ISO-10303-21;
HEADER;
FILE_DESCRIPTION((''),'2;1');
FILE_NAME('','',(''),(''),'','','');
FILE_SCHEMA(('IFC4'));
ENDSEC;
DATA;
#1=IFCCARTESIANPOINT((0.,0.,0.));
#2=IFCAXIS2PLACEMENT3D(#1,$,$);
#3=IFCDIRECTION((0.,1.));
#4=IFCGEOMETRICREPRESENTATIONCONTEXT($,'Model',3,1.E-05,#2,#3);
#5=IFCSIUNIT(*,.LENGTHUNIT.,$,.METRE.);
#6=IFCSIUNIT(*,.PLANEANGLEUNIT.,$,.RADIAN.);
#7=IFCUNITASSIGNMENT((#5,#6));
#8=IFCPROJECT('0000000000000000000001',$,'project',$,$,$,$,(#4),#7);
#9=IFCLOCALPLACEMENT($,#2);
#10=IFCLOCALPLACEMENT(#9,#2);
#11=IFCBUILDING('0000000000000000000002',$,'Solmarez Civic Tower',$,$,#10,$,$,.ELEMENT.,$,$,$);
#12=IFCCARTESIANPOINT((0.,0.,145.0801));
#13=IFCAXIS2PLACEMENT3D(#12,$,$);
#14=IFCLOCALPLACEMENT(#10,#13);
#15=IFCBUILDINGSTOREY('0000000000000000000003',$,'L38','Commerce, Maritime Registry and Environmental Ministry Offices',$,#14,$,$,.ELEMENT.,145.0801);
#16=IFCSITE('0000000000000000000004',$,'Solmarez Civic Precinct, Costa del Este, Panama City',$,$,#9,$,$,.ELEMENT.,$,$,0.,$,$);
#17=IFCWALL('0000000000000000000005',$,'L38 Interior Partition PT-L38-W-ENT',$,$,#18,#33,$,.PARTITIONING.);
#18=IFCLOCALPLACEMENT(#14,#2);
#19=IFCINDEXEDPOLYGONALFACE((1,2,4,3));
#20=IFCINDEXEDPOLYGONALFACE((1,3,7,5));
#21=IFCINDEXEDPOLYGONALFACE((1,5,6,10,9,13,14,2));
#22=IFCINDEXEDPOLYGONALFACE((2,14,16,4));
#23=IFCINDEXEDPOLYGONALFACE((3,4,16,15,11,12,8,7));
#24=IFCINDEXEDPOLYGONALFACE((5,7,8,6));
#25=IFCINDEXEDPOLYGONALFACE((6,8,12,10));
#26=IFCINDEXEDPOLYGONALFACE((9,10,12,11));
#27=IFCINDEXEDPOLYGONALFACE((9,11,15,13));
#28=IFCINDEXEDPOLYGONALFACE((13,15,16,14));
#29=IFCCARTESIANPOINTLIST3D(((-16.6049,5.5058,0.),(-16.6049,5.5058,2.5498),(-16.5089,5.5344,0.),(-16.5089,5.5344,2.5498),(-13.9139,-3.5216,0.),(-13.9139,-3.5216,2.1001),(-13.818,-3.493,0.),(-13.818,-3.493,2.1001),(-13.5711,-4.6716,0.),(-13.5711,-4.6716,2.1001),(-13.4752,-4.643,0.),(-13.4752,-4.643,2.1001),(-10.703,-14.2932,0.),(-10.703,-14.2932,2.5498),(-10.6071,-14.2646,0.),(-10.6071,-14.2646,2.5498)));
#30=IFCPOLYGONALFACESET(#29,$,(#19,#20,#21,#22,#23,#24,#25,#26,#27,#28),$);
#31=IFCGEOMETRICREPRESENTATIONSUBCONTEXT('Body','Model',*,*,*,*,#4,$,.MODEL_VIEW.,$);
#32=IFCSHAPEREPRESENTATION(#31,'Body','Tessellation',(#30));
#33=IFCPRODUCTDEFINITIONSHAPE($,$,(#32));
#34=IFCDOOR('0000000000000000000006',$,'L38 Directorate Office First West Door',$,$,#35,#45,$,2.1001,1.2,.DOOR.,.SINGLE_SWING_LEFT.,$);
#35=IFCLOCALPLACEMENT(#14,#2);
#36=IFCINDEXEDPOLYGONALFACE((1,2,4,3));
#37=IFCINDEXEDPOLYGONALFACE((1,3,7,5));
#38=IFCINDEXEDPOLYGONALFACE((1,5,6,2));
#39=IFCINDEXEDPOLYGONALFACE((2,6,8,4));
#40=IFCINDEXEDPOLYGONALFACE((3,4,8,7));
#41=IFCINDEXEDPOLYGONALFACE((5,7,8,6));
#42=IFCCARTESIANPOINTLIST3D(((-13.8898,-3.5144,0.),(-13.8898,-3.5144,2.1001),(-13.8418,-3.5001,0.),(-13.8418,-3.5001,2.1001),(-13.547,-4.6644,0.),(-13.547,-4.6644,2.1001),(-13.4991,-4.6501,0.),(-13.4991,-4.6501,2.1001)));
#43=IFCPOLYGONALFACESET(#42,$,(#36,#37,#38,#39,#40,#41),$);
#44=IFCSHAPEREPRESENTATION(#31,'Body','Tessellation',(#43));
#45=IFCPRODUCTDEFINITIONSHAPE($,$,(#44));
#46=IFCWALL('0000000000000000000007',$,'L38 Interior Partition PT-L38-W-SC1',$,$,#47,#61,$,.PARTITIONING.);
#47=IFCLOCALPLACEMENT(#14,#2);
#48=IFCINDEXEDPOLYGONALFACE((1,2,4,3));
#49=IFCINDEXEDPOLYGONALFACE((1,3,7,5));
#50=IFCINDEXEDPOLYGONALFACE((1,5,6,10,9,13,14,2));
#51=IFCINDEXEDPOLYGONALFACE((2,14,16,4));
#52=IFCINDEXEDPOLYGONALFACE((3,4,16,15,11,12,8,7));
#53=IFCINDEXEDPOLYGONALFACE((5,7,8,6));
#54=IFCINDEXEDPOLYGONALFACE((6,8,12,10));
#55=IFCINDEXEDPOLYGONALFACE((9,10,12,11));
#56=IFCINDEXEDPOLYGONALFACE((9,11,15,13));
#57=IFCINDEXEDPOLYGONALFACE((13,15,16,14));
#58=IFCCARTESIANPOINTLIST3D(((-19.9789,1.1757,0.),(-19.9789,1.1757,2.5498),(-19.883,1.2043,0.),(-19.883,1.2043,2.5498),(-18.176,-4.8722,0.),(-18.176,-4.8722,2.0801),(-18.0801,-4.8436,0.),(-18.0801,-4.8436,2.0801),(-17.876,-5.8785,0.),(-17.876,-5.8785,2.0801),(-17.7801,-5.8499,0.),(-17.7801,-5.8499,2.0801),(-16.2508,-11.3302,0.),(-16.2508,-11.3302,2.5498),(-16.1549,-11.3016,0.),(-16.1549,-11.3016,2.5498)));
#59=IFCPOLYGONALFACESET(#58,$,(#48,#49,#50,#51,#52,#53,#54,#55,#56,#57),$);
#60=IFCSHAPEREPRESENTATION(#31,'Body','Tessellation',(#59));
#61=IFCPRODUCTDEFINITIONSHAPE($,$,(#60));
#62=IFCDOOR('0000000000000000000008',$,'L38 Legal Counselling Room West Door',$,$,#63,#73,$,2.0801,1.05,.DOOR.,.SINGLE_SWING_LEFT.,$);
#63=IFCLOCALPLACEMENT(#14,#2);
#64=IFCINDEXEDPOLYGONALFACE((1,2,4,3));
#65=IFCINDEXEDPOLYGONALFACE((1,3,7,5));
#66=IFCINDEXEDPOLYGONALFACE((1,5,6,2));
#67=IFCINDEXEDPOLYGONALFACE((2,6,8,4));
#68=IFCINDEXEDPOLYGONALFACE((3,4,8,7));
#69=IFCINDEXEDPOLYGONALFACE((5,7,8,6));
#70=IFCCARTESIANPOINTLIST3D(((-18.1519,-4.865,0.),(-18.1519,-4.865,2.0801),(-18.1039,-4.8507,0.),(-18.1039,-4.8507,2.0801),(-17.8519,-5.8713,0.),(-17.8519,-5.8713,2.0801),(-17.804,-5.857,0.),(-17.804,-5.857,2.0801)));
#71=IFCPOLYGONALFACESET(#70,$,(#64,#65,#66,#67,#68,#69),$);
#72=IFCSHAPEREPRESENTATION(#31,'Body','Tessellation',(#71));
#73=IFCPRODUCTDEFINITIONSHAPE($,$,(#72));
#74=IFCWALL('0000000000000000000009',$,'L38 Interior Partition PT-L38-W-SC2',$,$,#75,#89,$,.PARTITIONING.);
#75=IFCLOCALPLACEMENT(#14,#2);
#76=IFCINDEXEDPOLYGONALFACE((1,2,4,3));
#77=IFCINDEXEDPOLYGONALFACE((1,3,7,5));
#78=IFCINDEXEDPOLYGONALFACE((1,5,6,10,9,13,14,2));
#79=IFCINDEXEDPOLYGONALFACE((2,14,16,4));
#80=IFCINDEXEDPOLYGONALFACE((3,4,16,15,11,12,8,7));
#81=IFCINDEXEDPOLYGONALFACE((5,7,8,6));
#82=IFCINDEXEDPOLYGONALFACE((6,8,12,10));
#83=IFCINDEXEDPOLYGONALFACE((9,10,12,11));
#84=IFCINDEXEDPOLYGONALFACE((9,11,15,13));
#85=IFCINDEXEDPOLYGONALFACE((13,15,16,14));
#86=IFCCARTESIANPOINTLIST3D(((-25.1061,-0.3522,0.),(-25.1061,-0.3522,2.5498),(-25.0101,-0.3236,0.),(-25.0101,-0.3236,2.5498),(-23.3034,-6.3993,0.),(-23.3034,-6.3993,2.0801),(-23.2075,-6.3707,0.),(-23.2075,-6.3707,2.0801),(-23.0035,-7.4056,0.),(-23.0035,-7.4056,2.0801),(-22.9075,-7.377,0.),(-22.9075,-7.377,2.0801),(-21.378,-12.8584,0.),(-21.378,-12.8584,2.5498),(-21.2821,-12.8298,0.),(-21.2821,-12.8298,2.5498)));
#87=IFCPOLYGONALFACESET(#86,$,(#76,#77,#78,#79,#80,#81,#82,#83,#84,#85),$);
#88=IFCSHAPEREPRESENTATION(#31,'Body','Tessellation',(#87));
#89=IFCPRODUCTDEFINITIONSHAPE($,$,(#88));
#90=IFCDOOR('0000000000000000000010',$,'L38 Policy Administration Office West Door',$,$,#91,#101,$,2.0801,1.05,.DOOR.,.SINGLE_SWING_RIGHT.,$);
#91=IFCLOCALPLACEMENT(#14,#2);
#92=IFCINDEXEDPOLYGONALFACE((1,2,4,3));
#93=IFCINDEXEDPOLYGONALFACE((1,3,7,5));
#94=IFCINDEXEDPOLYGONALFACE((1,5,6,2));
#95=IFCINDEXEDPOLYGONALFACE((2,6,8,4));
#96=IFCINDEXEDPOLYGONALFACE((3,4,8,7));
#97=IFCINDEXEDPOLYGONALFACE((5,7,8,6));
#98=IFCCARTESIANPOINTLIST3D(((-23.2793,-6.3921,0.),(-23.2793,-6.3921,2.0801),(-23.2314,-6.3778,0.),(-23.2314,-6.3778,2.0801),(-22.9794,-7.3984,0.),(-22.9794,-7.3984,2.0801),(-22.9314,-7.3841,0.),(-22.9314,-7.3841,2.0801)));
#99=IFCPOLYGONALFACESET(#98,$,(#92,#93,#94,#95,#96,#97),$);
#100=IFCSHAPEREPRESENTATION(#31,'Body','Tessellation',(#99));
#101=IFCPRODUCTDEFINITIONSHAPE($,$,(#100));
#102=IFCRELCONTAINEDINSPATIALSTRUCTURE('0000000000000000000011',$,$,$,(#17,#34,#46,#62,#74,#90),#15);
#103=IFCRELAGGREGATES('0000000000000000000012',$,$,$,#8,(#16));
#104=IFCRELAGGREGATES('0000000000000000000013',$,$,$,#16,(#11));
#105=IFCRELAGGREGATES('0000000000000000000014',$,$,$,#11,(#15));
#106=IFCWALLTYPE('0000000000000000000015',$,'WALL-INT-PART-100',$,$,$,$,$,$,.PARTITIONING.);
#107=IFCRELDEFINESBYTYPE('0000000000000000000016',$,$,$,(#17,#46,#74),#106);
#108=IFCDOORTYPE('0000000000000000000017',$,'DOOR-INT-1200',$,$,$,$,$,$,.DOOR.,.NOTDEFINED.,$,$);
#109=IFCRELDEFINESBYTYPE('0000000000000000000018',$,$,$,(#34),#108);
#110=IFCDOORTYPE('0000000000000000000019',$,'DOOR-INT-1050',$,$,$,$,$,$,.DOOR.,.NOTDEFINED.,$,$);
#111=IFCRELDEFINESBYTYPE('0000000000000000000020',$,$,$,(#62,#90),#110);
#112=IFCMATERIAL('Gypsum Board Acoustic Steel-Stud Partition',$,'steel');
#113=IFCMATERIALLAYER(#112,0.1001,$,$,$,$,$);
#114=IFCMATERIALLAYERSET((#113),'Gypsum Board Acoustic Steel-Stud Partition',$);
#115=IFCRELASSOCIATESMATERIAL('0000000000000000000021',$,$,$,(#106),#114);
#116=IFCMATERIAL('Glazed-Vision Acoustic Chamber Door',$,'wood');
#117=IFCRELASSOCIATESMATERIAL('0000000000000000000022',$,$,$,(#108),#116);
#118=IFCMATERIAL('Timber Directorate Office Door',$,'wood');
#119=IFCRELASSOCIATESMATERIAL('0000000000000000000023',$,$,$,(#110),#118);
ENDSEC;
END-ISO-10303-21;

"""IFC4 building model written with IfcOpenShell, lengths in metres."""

from ifc_helpers import new_model, si_unit, direction, frame, frame_2d, origin, place, context, subcontext, project, spatial, rectangle, extrude, material, layer, layer_set, type_object, element, fill, save


model = new_model("IFC4")

# Units and contexts
model_context = context("Model", 3, precision=1e-05, world=origin(), true_north=direction((0.0, 1.0)))
body_context = subcontext(model_context, "Body", "Model", "MODEL_VIEW")
ifc_project = project(units=[si_unit("LENGTHUNIT", "METRE"), si_unit("PLANEANGLEUNIT", "RADIAN")], contexts=[model_context])

# Site, building, storey
site_placement = place(None, origin())
site = spatial("IfcSite", under=ifc_project, at=site_placement, Name="Solmarez Civic Precinct, Costa del Este, Panama City", CompositionType="ELEMENT", RefElevation=0.0)
building_placement = place(site_placement, origin())
building = spatial("IfcBuilding", under=site, at=building_placement, Name="Solmarez Civic Tower", CompositionType="ELEMENT")
storey_placement = place(building_placement, frame((0.0, 0.0, 145.0801)))
storey = spatial("IfcBuildingStorey", under=building, at=storey_placement, Name="L38", Description="Commerce, Maritime Registry and Environmental Ministry Offices", CompositionType="ELEMENT", Elevation=145.0801)

# Walls, openings, doors
ifc_material_1 = material(Name="Gypsum Board Acoustic Steel-Stud Partition", Category="steel")
ifc_layer_1 = layer(ifc_material_1, 0.1001)
ifc_layer_set_1 = layer_set([ifc_layer_1], Name="Gypsum Board Acoustic Steel-Stud Partition")
wall_type_1 = type_object("IfcWallType", Name="WALL-INT-PART-100", PredefinedType="PARTITIONING", material=ifc_layer_set_1)
wall_1_placement = place(storey_placement, frame((-10.655, -14.2791, 0.0), z_axis=(0.0, 0.0, 1.0), x_axis=(-0.285666, 0.958329, 0.0)))
wall_1 = element("IfcWall", 1, at=wall_1_placement, inside=storey, type_object=wall_type_1, Name="L38 Interior Partition PT-L38-W-ENT", PredefinedType="PARTITIONING", context=body_context, shape_type="SweptSolid", body=[
    extrude(rectangle(XDim=20.6599, YDim=0.1001, at=frame_2d((10.3301, 0.0))), origin(), (0.0, 0.0, 1.0), 2.5498),
])
opening_1_placement = place(wall_1_placement, frame((10.04, 0.0, 0.0)))
opening_1 = element("IfcOpeningElement", 2, at=opening_1_placement, cuts=wall_1, PredefinedType="OPENING", context=body_context, shape_type="SweptSolid", body=[
    extrude(rectangle(XDim=1.2, YDim=2.1001, at=frame_2d((0.6001, 1.05))), frame((0.0, 0.0601, 0.0), z_axis=(0.0, -1.0, 0.0), x_axis=(1.0, 0.0, 0.0)), (0.0, 0.0, 1.0), 0.1201),
])
ifc_material_2 = material(Name="Glazed-Vision Acoustic Chamber Door", Category="wood")
door_type_1 = type_object("IfcDoorType", Name="DOOR-INT-1200", OperationType="NOTDEFINED", PredefinedType="DOOR", material=ifc_material_2)
door_1_placement = place(opening_1_placement, origin())
door_1 = element("IfcDoor", 3, at=door_1_placement, inside=storey, type_object=door_type_1, Name="L38 Directorate Office First West Door", OperationType="SINGLE_SWING_LEFT", OverallHeight=2.1001, OverallWidth=1.2, PredefinedType="DOOR", context=body_context, shape_type="SweptSolid", body=[
    extrude(rectangle(XDim=1.2, YDim=2.1001, at=frame_2d((0.6001, 1.05))), frame((0.0, 0.0249, 0.0), z_axis=(0.0, -1.0, 0.0), x_axis=(1.0, 0.0, 0.0)), (0.0, 0.0, 1.0), 0.05),
])
fill(opening_1, door_1)
wall_2_placement = place(storey_placement, frame((-16.2029, -11.3159, 0.0), z_axis=(0.0, 0.0, 1.0), x_axis=(-0.285679, 0.958325, 0.0)))
wall_2 = element("IfcWall", 4, at=wall_2_placement, inside=storey, type_object=wall_type_1, Name="L38 Interior Partition PT-L38-W-SC1", PredefinedType="PARTITIONING", context=body_context, shape_type="SweptSolid", body=[
    extrude(rectangle(XDim=13.0498, YDim=0.1001, at=frame_2d((6.5249, 0.0))), origin(), (0.0, 0.0, 1.0), 2.5498),
])
opening_2_placement = place(wall_2_placement, frame((5.689, 0.0, 0.0)))
opening_2 = element("IfcOpeningElement", 5, at=opening_2_placement, cuts=wall_2, PredefinedType="OPENING", context=body_context, shape_type="SweptSolid", body=[
    extrude(rectangle(XDim=1.05, YDim=2.0801, at=frame_2d((0.5249, 1.04))), frame((0.0, 0.0601, 0.0), z_axis=(0.0, -1.0, 0.0), x_axis=(1.0, 0.0, 0.0)), (0.0, 0.0, 1.0), 0.1201),
])
ifc_material_3 = material(Name="Timber Directorate Office Door", Category="wood")
door_type_2 = type_object("IfcDoorType", Name="DOOR-INT-1050", OperationType="NOTDEFINED", PredefinedType="DOOR", material=ifc_material_3)
door_2_placement = place(opening_2_placement, origin())
door_2 = element("IfcDoor", 6, at=door_2_placement, inside=storey, type_object=door_type_2, Name="L38 Legal Counselling Room West Door", OperationType="SINGLE_SWING_LEFT", OverallHeight=2.0801, OverallWidth=1.05, PredefinedType="DOOR", context=body_context, shape_type="SweptSolid", body=[
    extrude(rectangle(XDim=1.05, YDim=2.0801, at=frame_2d((0.5249, 1.04))), frame((0.0, 0.0249, 0.0), z_axis=(0.0, -1.0, 0.0), x_axis=(1.0, 0.0, 0.0)), (0.0, 0.0, 1.0), 0.05),
])
fill(opening_2, door_2)
wall_3_placement = place(storey_placement, frame((-21.3301, -12.844, 0.0), z_axis=(0.0, 0.0, 1.0), x_axis=(-0.285674, 0.958327, 0.0)))
wall_3 = element("IfcWall", 7, at=wall_3_placement, inside=storey, type_object=wall_type_1, Name="L38 Interior Partition PT-L38-W-SC2", PredefinedType="PARTITIONING", context=body_context, shape_type="SweptSolid", body=[
    extrude(rectangle(XDim=13.05, YDim=0.1001, at=frame_2d((6.5249, 0.0))), origin(), (0.0, 0.0, 1.0), 2.5498),
])
opening_3_placement = place(wall_3_placement, frame((5.6899, 0.0, 0.0)))
opening_3 = element("IfcOpeningElement", 8, at=opening_3_placement, cuts=wall_3, PredefinedType="OPENING", context=body_context, shape_type="SweptSolid", body=[
    extrude(rectangle(XDim=1.05, YDim=2.0801, at=frame_2d((0.5249, 1.04))), frame((0.0, 0.0601, 0.0), z_axis=(0.0, -1.0, 0.0), x_axis=(1.0, 0.0, 0.0)), (0.0, 0.0, 1.0), 0.1201),
])
door_3_placement = place(opening_3_placement, origin())
door_3 = element("IfcDoor", 9, at=door_3_placement, inside=storey, type_object=door_type_2, Name="L38 Policy Administration Office West Door", OperationType="SINGLE_SWING_RIGHT", OverallHeight=2.0801, OverallWidth=1.05, PredefinedType="DOOR", context=body_context, shape_type="SweptSolid", body=[
    extrude(rectangle(XDim=1.05, YDim=2.0801, at=frame_2d((0.5249, 1.04))), frame((0.0, 0.0249, 0.0), z_axis=(0.0, -1.0, 0.0), x_axis=(1.0, 0.0, 0.0)), (0.0, 0.0, 1.0), 0.05),
])
fill(opening_3, door_3)

save(model, "model.ifc")
